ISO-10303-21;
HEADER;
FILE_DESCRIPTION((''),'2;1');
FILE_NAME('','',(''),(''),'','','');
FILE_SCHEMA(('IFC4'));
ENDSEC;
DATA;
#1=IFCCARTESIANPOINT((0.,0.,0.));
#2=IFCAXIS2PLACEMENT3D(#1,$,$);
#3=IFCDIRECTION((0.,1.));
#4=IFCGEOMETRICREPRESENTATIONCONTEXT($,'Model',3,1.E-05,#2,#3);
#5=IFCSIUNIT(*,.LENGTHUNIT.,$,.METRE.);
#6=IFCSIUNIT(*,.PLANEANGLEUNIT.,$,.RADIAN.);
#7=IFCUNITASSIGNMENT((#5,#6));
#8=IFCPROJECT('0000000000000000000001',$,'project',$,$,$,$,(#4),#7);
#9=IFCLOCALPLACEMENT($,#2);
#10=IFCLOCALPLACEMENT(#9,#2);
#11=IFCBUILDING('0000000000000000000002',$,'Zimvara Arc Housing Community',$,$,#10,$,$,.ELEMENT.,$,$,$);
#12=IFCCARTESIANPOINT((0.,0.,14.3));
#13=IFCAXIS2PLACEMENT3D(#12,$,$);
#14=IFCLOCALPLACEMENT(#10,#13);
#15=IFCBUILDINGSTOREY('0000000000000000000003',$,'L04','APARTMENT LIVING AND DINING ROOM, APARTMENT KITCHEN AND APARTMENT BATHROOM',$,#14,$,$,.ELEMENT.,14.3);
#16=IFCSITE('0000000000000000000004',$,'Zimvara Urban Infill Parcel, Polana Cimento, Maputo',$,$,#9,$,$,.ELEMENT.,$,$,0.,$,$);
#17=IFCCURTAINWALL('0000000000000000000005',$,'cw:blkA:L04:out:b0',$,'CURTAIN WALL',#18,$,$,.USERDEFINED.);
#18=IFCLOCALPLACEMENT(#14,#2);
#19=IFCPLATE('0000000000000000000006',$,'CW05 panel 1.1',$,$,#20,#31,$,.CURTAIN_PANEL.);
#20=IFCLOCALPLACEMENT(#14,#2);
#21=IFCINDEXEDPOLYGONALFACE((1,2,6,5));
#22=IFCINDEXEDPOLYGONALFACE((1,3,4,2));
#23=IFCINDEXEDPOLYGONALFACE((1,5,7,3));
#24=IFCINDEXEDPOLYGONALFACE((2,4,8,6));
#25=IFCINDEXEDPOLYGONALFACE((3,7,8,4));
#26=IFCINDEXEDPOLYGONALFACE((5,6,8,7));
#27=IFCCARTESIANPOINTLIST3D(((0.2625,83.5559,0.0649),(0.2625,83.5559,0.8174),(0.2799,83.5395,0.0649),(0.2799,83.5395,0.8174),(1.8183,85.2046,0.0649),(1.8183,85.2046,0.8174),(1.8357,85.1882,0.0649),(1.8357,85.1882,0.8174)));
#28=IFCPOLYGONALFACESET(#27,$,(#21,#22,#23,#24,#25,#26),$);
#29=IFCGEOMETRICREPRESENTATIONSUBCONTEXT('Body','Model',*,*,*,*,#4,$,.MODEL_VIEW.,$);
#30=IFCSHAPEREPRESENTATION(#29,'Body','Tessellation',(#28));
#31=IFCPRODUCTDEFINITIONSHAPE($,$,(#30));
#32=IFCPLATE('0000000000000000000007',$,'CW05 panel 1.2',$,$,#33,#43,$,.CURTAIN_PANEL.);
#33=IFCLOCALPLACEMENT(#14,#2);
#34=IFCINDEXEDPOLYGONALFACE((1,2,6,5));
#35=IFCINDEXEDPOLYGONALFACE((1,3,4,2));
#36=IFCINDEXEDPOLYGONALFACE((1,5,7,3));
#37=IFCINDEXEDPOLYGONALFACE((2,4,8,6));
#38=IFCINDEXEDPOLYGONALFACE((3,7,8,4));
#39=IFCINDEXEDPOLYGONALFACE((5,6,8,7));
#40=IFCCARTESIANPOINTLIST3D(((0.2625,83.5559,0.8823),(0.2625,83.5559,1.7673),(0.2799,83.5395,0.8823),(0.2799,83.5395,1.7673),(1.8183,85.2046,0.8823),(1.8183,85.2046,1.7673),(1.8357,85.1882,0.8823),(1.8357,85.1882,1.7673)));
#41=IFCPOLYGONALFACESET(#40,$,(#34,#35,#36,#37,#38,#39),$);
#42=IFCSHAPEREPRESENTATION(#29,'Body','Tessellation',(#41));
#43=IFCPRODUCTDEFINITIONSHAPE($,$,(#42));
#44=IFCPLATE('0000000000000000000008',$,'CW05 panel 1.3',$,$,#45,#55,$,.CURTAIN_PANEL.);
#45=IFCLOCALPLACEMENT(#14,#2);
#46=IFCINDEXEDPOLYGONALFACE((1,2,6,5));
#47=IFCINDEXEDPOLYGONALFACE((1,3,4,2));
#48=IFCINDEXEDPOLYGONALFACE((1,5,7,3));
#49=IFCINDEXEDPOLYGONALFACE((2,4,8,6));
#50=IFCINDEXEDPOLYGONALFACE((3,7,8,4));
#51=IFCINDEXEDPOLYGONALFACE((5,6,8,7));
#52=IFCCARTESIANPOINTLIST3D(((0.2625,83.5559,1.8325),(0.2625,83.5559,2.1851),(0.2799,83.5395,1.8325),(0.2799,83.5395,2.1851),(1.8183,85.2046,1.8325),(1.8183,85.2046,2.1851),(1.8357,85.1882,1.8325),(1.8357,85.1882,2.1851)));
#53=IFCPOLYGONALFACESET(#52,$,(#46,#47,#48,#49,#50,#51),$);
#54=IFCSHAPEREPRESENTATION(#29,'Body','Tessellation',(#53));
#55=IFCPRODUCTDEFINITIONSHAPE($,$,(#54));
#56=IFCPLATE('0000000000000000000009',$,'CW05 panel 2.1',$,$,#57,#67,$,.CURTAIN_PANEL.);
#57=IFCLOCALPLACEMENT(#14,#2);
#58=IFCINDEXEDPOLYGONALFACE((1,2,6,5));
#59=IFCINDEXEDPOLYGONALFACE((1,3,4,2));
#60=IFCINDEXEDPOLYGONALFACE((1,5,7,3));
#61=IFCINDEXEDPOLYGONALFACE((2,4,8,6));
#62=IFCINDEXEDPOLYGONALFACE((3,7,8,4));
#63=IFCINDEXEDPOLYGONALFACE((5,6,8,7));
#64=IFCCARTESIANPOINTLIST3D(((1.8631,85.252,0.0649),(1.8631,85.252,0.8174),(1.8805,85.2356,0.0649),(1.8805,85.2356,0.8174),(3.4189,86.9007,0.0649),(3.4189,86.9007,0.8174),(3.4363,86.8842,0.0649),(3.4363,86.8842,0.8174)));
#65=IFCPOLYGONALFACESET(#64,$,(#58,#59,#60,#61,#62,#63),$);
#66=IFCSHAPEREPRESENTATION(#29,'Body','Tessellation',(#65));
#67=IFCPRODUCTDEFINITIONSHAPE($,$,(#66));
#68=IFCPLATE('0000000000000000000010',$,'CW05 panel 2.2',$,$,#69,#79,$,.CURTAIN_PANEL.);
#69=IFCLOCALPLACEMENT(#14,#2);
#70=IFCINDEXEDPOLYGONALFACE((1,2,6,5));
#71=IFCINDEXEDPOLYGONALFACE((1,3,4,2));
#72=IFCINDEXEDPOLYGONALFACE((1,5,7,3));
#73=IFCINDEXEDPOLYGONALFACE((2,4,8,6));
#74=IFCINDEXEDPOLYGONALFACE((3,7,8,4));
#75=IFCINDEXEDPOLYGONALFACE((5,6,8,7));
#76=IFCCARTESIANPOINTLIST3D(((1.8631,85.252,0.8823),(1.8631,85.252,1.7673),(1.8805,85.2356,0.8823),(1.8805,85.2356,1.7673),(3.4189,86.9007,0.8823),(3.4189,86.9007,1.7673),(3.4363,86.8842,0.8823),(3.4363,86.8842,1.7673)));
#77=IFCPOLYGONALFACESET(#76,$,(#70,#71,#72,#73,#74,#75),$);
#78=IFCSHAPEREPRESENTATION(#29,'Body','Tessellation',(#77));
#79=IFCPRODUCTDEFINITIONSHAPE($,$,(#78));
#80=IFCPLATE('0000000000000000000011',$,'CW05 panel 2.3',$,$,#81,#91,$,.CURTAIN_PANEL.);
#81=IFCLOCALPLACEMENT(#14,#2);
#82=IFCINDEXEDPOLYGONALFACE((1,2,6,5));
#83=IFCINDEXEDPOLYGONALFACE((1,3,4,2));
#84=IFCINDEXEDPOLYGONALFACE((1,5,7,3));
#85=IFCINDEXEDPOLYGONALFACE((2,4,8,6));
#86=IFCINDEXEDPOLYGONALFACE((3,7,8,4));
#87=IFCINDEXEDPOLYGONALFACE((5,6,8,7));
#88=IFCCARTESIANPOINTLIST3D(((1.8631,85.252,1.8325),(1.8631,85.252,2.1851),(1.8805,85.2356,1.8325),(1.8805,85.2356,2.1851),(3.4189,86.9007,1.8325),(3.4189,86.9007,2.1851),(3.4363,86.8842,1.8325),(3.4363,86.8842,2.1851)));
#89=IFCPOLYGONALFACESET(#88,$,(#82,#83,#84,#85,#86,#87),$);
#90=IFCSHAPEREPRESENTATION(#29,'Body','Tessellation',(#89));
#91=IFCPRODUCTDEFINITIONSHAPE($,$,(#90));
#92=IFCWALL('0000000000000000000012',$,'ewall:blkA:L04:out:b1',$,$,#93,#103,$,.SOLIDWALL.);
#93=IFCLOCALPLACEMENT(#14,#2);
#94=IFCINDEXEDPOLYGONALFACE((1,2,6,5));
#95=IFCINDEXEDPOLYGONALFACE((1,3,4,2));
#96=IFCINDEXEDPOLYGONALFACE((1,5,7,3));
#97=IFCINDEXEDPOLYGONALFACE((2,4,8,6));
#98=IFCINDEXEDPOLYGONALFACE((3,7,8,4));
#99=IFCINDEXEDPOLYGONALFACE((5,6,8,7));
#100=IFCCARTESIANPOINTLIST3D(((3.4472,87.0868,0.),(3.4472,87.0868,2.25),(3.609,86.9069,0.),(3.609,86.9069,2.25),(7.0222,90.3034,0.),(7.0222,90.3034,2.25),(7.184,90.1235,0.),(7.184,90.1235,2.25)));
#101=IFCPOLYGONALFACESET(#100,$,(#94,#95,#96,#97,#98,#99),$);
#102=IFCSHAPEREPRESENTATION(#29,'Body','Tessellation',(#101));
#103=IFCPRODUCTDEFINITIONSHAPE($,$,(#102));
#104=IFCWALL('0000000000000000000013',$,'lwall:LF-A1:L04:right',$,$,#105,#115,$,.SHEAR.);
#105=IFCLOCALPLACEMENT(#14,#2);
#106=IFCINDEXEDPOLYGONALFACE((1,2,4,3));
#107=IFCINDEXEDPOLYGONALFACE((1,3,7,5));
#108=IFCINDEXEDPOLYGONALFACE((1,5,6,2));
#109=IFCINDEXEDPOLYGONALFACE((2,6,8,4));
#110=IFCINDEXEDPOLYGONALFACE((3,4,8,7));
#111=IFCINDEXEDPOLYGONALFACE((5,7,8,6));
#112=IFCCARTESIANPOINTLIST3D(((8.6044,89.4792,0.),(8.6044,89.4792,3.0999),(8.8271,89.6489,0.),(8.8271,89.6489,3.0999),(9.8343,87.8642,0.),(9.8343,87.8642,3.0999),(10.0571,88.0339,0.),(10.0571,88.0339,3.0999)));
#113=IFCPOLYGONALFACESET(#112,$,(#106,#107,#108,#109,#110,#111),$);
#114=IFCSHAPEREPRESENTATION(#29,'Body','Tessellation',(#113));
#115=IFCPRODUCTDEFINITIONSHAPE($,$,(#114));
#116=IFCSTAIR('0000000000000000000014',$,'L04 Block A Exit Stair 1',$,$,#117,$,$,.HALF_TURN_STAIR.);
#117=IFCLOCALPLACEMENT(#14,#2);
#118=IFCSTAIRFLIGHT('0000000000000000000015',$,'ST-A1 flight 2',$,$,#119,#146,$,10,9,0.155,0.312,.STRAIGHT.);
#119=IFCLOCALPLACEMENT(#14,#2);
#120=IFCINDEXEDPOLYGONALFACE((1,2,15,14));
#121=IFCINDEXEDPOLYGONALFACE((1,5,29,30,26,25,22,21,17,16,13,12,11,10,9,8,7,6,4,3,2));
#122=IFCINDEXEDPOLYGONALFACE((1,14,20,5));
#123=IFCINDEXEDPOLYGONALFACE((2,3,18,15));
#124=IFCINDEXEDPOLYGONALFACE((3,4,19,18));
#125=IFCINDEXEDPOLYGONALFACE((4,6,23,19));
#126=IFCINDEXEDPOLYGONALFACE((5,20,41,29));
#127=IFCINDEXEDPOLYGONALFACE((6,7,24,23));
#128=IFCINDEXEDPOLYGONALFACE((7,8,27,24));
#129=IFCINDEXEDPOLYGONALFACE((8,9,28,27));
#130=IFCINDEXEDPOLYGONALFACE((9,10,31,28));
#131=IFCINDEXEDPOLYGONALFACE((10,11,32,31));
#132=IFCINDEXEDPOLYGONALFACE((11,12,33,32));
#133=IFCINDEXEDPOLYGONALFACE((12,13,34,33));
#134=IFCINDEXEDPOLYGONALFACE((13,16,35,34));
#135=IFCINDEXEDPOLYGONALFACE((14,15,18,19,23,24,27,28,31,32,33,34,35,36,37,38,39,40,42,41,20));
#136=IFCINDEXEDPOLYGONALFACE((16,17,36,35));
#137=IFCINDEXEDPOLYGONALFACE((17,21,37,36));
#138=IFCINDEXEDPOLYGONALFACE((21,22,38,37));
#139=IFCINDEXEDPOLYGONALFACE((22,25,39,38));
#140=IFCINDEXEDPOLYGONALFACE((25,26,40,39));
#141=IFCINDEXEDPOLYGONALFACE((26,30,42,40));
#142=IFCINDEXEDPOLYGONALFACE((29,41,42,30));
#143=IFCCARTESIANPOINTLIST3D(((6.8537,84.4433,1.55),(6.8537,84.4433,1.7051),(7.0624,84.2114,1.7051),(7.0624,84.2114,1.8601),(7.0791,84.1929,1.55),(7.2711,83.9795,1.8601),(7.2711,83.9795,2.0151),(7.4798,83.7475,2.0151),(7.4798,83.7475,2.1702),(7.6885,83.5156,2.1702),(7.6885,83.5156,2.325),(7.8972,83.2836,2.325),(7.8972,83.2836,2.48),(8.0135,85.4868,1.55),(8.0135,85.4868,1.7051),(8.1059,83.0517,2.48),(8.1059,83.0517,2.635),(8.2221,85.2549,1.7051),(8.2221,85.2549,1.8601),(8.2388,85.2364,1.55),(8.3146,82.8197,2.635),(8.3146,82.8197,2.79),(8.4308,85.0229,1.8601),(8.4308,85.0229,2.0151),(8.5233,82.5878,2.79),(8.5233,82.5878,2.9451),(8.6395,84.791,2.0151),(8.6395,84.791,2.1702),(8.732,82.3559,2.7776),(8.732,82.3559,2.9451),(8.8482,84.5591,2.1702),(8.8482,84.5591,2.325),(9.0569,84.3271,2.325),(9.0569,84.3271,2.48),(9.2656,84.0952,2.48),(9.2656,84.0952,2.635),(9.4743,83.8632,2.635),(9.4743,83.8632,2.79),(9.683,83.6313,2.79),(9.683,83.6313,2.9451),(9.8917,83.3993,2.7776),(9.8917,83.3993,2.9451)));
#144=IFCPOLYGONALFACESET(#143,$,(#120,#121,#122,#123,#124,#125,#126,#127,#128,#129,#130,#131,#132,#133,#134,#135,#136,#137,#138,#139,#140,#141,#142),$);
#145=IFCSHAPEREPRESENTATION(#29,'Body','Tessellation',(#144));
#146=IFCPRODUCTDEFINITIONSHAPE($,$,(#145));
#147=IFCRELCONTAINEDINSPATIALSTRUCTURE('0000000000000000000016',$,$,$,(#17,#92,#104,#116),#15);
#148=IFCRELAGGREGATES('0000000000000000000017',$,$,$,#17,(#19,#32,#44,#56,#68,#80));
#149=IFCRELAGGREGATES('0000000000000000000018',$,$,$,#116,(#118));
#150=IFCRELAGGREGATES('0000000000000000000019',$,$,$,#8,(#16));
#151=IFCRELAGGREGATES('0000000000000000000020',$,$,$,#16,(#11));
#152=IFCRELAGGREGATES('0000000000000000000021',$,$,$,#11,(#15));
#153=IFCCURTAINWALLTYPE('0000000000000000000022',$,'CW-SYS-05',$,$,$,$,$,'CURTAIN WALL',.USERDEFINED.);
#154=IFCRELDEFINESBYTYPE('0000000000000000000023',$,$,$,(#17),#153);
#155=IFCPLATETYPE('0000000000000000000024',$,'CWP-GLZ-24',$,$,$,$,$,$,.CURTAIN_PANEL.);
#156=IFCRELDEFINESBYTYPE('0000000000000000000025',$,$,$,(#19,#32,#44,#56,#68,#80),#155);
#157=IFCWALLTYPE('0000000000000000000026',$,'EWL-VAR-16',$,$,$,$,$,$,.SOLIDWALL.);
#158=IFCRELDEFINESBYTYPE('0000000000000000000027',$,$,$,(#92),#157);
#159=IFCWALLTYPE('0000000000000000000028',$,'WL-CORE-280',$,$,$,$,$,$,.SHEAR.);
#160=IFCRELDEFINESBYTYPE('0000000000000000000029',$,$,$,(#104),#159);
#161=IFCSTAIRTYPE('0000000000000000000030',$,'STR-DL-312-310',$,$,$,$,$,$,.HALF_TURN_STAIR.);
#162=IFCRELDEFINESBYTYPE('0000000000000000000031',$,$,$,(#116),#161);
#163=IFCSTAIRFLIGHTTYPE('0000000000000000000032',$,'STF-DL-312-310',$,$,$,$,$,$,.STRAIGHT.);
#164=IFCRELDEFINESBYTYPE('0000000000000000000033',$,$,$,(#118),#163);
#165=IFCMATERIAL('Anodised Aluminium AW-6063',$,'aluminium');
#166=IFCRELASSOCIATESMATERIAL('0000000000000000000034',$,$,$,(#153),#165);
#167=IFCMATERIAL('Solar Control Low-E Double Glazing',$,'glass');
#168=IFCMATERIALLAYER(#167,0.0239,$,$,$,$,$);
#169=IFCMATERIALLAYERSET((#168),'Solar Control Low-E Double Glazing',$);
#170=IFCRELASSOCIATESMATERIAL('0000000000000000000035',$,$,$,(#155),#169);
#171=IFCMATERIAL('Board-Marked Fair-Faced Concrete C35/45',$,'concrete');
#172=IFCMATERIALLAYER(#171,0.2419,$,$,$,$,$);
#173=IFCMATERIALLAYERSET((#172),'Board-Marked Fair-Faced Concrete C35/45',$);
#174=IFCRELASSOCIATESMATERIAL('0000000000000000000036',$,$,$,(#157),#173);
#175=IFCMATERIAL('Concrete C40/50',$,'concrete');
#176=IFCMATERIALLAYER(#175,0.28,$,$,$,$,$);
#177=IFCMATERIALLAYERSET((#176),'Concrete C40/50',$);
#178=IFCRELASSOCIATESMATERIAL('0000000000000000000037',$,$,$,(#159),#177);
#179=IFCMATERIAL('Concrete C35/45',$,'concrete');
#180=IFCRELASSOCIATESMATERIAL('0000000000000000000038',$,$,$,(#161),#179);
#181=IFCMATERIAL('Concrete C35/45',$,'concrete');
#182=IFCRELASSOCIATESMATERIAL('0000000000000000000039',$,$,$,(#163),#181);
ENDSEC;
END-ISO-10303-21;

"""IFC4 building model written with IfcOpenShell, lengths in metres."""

from ifc_helpers import new_model, si_unit, direction, frame, frame_2d, origin, origin_2d, place, context, subcontext, project, spatial, polyline, rectangle, outline, extrude, material, layer, layer_set, type_object, element, aggregate, save


model = new_model("IFC4")

# Units and contexts
model_context = context("Model", 3, precision=1e-05, world=origin(), true_north=direction((0.0, 1.0)))
body_context = subcontext(model_context, "Body", "Model", "MODEL_VIEW")
ifc_project = project(units=[si_unit("LENGTHUNIT", "METRE"), si_unit("PLANEANGLEUNIT", "RADIAN")], contexts=[model_context])

# Site, building, storey
site_placement = place(None, origin())
site = spatial("IfcSite", under=ifc_project, at=site_placement, Name="Zimvara Urban Infill Parcel, Polana Cimento, Maputo", CompositionType="ELEMENT", RefElevation=0.0)
building_placement = place(site_placement, origin())
building = spatial("IfcBuilding", under=site, at=building_placement, Name="Zimvara Arc Housing Community", CompositionType="ELEMENT")
storey_placement = place(building_placement, frame((0.0, 0.0, 14.3)))
storey = spatial("IfcBuildingStorey", under=building, at=storey_placement, Name="L04", Description="APARTMENT LIVING AND DINING ROOM, APARTMENT KITCHEN AND APARTMENT BATHROOM", CompositionType="ELEMENT", Elevation=14.3)

# Curtain wall, plates
ifc_material_1 = material(Name="Anodised Aluminium AW-6063", Category="aluminium")
curtain_wall_type = type_object("IfcCurtainWallType", Name="CW-SYS-05", ElementType="CURTAIN WALL", PredefinedType="USERDEFINED", material=ifc_material_1)
curtain_wall_placement = place(storey_placement, origin())
curtain_wall = element("IfcCurtainWall", 1, at=curtain_wall_placement, inside=storey, type_object=curtain_wall_type, Name="cw:blkA:L04:out:b0", ObjectType="CURTAIN WALL", PredefinedType="USERDEFINED")
ifc_material_2 = material(Name="Solar Control Low-E Double Glazing", Category="glass")
ifc_layer_1 = layer(ifc_material_2, 0.0239)
ifc_layer_set_1 = layer_set([ifc_layer_1], Name="Solar Control Low-E Double Glazing")
plate_type = type_object("IfcPlateType", Name="CWP-GLZ-24", PredefinedType="CURTAIN_PANEL", material=ifc_layer_set_1)
plate_1_placement = place(storey_placement, frame((1.0491, 84.3721, 0.0649), z_axis=(0.0, 0.0, 1.0), x_axis=(0.686326, 0.727294, 0.0)))
plate_1 = element("IfcPlate", 2, at=plate_1_placement, type_object=plate_type, Name="CW05 panel 1.1", PredefinedType="CURTAIN_PANEL", context=body_context, shape_type="SweptSolid", body=[
    extrude(rectangle(XDim=2.2668, YDim=0.0239, at=origin_2d()), origin(), (0.0, 0.0, 1.0), 0.7524),
])
plate_2_placement = place(storey_placement, frame((1.0491, 84.3721, 0.8823), z_axis=(0.0, 0.0, 1.0), x_axis=(0.686326, 0.727294, 0.0)))
plate_2 = element("IfcPlate", 3, at=plate_2_placement, type_object=plate_type, Name="CW05 panel 1.2", PredefinedType="CURTAIN_PANEL", context=body_context, shape_type="SweptSolid", body=[
    extrude(rectangle(XDim=2.2668, YDim=0.0239, at=origin_2d()), origin(), (0.0, 0.0, 1.0), 0.885),
])
plate_3_placement = place(storey_placement, frame((1.0491, 84.3721, 1.8325), z_axis=(0.0, 0.0, 1.0), x_axis=(0.686326, 0.727294, 0.0)))
plate_3 = element("IfcPlate", 4, at=plate_3_placement, type_object=plate_type, Name="CW05 panel 1.3", PredefinedType="CURTAIN_PANEL", context=body_context, shape_type="SweptSolid", body=[
    extrude(rectangle(XDim=2.2668, YDim=0.0239, at=origin_2d()), origin(), (0.0, 0.0, 1.0), 0.3525),
])
plate_4_placement = place(storey_placement, frame((2.6497, 86.0681, 0.0649), z_axis=(0.0, 0.0, 1.0), x_axis=(0.686326, 0.727294, 0.0)))
plate_4 = element("IfcPlate", 5, at=plate_4_placement, type_object=plate_type, Name="CW05 panel 2.1", PredefinedType="CURTAIN_PANEL", context=body_context, shape_type="SweptSolid", body=[
    extrude(rectangle(XDim=2.2668, YDim=0.0239, at=origin_2d()), origin(), (0.0, 0.0, 1.0), 0.7524),
])
plate_5_placement = place(storey_placement, frame((2.6497, 86.0681, 0.8823), z_axis=(0.0, 0.0, 1.0), x_axis=(0.686326, 0.727294, 0.0)))
plate_5 = element("IfcPlate", 6, at=plate_5_placement, type_object=plate_type, Name="CW05 panel 2.2", PredefinedType="CURTAIN_PANEL", context=body_context, shape_type="SweptSolid", body=[
    extrude(rectangle(XDim=2.2668, YDim=0.0239, at=origin_2d()), origin(), (0.0, 0.0, 1.0), 0.885),
])
plate_6_placement = place(storey_placement, frame((2.6497, 86.0681, 1.8325), z_axis=(0.0, 0.0, 1.0), x_axis=(0.686326, 0.727294, 0.0)))
plate_6 = element("IfcPlate", 7, at=plate_6_placement, type_object=plate_type, Name="CW05 panel 2.3", PredefinedType="CURTAIN_PANEL", context=body_context, shape_type="SweptSolid", body=[
    extrude(rectangle(XDim=2.2668, YDim=0.0239, at=origin_2d()), origin(), (0.0, 0.0, 1.0), 0.3525),
])
aggregate(curtain_wall, [plate_1, plate_2, plate_3, plate_4, plate_5, plate_6])

# Walls
ifc_material_3 = material(Name="Board-Marked Fair-Faced Concrete C35/45", Category="concrete")
ifc_layer_2 = layer(ifc_material_3, 0.2419)
ifc_layer_set_2 = layer_set([ifc_layer_2], Name="Board-Marked Fair-Faced Concrete C35/45")
wall_type_1 = type_object("IfcWallType", Name="EWL-VAR-16", PredefinedType="SOLIDWALL", material=ifc_layer_set_2)
wall_1_placement = place(storey_placement, frame((3.5281, 86.9968, 0.0), z_axis=(0.0, 0.0, 1.0), x_axis=(0.743388, 0.668861, 0.0)))
element("IfcWall", 8, at=wall_1_placement, inside=storey, type_object=wall_type_1, Name="ewall:blkA:L04:out:b1", PredefinedType="SOLIDWALL", context=body_context, shape_type="SweptSolid", body=[
    extrude(rectangle(XDim=4.8091, YDim=0.2419, at=frame_2d((2.4045, 0.0))), origin(), (0.0, 0.0, 1.0), 2.25),
])
ifc_material_4 = material(Name="Concrete C40/50", Category="concrete")
ifc_layer_3 = layer(ifc_material_4, 0.28)
ifc_layer_set_3 = layer_set([ifc_layer_3], Name="Concrete C40/50")
wall_type_2 = type_object("IfcWallType", Name="WL-CORE-280", PredefinedType="SHEAR", material=ifc_layer_set_3)
wall_2_placement = place(storey_placement, frame((9.9458, 87.949, 0.0), z_axis=(0.0, 0.0, 1.0), x_axis=(-0.605891, 0.795548, 0.0)))
element("IfcWall", 9, at=wall_2_placement, inside=storey, type_object=wall_type_2, Name="lwall:LF-A1:L04:right", PredefinedType="SHEAR", context=body_context, shape_type="SweptSolid", body=[
    extrude(rectangle(XDim=2.03, YDim=0.28, at=frame_2d((1.0151, 0.0))), origin(), (0.0, 0.0, 1.0), 3.0999),
])

# Stair, stair flight
ifc_material_5 = material(Name="Concrete C35/45", Category="concrete")
stair_type = type_object("IfcStairType", Name="STR-DL-312-310", PredefinedType="HALF_TURN_STAIR", material=ifc_material_5)
stair_placement = place(storey_placement, origin())
stair = element("IfcStair", 10, at=stair_placement, inside=storey, type_object=stair_type, Name="L04 Block A Exit Stair 1", PredefinedType="HALF_TURN_STAIR")
ifc_material_6 = material(Name="Concrete C35/45", Category="concrete")
stair_flight_type = type_object("IfcStairFlightType", Name="STF-DL-312-310", PredefinedType="STRAIGHT", material=ifc_material_6)
stair_flight_placement = place(storey_placement, frame((7.4336, 84.9651, 1.55), z_axis=(0.0, 0.0, 1.0), x_axis=(0.668871, -0.743378, 0.0)))
stair_flight = element("IfcStairFlight", 11, at=stair_flight_placement, type_object=stair_flight_type, Name="ST-A1 flight 2", NumberOfRisers=10, NumberOfTreads=9, PredefinedType="STRAIGHT", RiserHeight=0.155, TreadLength=0.312, context=body_context, shape_type="SweptSolid", body=[
    extrude(outline(polyline([(0.0, 0.0), (0.0, 0.155), (0.312, 0.155), (0.312, 0.3101), (0.624, 0.3101), (0.624, 0.4651), (0.936, 0.4651), (0.936, 0.6201), (1.248, 0.6201), (1.248, 0.7749), (1.5601, 0.7749), (1.5601, 0.9299), (1.8721, 0.9299), (1.8721, 1.085), (2.1841, 1.085), (2.1841, 1.24), (2.4961, 1.24), (2.4961, 1.395), (2.8081, 1.395), (2.8081, 1.55), (2.8081, 1.2275), (0.3369, 0.0), (0.0, 0.0)])), frame((0.0, 0.78, 0.0), z_axis=(0.0, -1.0, 0.0), x_axis=(1.0, 0.0, 0.0)), (0.0, 0.0, 1.0), 1.5601),
])
aggregate(stair, [stair_flight])

save(model, "model.ifc")
